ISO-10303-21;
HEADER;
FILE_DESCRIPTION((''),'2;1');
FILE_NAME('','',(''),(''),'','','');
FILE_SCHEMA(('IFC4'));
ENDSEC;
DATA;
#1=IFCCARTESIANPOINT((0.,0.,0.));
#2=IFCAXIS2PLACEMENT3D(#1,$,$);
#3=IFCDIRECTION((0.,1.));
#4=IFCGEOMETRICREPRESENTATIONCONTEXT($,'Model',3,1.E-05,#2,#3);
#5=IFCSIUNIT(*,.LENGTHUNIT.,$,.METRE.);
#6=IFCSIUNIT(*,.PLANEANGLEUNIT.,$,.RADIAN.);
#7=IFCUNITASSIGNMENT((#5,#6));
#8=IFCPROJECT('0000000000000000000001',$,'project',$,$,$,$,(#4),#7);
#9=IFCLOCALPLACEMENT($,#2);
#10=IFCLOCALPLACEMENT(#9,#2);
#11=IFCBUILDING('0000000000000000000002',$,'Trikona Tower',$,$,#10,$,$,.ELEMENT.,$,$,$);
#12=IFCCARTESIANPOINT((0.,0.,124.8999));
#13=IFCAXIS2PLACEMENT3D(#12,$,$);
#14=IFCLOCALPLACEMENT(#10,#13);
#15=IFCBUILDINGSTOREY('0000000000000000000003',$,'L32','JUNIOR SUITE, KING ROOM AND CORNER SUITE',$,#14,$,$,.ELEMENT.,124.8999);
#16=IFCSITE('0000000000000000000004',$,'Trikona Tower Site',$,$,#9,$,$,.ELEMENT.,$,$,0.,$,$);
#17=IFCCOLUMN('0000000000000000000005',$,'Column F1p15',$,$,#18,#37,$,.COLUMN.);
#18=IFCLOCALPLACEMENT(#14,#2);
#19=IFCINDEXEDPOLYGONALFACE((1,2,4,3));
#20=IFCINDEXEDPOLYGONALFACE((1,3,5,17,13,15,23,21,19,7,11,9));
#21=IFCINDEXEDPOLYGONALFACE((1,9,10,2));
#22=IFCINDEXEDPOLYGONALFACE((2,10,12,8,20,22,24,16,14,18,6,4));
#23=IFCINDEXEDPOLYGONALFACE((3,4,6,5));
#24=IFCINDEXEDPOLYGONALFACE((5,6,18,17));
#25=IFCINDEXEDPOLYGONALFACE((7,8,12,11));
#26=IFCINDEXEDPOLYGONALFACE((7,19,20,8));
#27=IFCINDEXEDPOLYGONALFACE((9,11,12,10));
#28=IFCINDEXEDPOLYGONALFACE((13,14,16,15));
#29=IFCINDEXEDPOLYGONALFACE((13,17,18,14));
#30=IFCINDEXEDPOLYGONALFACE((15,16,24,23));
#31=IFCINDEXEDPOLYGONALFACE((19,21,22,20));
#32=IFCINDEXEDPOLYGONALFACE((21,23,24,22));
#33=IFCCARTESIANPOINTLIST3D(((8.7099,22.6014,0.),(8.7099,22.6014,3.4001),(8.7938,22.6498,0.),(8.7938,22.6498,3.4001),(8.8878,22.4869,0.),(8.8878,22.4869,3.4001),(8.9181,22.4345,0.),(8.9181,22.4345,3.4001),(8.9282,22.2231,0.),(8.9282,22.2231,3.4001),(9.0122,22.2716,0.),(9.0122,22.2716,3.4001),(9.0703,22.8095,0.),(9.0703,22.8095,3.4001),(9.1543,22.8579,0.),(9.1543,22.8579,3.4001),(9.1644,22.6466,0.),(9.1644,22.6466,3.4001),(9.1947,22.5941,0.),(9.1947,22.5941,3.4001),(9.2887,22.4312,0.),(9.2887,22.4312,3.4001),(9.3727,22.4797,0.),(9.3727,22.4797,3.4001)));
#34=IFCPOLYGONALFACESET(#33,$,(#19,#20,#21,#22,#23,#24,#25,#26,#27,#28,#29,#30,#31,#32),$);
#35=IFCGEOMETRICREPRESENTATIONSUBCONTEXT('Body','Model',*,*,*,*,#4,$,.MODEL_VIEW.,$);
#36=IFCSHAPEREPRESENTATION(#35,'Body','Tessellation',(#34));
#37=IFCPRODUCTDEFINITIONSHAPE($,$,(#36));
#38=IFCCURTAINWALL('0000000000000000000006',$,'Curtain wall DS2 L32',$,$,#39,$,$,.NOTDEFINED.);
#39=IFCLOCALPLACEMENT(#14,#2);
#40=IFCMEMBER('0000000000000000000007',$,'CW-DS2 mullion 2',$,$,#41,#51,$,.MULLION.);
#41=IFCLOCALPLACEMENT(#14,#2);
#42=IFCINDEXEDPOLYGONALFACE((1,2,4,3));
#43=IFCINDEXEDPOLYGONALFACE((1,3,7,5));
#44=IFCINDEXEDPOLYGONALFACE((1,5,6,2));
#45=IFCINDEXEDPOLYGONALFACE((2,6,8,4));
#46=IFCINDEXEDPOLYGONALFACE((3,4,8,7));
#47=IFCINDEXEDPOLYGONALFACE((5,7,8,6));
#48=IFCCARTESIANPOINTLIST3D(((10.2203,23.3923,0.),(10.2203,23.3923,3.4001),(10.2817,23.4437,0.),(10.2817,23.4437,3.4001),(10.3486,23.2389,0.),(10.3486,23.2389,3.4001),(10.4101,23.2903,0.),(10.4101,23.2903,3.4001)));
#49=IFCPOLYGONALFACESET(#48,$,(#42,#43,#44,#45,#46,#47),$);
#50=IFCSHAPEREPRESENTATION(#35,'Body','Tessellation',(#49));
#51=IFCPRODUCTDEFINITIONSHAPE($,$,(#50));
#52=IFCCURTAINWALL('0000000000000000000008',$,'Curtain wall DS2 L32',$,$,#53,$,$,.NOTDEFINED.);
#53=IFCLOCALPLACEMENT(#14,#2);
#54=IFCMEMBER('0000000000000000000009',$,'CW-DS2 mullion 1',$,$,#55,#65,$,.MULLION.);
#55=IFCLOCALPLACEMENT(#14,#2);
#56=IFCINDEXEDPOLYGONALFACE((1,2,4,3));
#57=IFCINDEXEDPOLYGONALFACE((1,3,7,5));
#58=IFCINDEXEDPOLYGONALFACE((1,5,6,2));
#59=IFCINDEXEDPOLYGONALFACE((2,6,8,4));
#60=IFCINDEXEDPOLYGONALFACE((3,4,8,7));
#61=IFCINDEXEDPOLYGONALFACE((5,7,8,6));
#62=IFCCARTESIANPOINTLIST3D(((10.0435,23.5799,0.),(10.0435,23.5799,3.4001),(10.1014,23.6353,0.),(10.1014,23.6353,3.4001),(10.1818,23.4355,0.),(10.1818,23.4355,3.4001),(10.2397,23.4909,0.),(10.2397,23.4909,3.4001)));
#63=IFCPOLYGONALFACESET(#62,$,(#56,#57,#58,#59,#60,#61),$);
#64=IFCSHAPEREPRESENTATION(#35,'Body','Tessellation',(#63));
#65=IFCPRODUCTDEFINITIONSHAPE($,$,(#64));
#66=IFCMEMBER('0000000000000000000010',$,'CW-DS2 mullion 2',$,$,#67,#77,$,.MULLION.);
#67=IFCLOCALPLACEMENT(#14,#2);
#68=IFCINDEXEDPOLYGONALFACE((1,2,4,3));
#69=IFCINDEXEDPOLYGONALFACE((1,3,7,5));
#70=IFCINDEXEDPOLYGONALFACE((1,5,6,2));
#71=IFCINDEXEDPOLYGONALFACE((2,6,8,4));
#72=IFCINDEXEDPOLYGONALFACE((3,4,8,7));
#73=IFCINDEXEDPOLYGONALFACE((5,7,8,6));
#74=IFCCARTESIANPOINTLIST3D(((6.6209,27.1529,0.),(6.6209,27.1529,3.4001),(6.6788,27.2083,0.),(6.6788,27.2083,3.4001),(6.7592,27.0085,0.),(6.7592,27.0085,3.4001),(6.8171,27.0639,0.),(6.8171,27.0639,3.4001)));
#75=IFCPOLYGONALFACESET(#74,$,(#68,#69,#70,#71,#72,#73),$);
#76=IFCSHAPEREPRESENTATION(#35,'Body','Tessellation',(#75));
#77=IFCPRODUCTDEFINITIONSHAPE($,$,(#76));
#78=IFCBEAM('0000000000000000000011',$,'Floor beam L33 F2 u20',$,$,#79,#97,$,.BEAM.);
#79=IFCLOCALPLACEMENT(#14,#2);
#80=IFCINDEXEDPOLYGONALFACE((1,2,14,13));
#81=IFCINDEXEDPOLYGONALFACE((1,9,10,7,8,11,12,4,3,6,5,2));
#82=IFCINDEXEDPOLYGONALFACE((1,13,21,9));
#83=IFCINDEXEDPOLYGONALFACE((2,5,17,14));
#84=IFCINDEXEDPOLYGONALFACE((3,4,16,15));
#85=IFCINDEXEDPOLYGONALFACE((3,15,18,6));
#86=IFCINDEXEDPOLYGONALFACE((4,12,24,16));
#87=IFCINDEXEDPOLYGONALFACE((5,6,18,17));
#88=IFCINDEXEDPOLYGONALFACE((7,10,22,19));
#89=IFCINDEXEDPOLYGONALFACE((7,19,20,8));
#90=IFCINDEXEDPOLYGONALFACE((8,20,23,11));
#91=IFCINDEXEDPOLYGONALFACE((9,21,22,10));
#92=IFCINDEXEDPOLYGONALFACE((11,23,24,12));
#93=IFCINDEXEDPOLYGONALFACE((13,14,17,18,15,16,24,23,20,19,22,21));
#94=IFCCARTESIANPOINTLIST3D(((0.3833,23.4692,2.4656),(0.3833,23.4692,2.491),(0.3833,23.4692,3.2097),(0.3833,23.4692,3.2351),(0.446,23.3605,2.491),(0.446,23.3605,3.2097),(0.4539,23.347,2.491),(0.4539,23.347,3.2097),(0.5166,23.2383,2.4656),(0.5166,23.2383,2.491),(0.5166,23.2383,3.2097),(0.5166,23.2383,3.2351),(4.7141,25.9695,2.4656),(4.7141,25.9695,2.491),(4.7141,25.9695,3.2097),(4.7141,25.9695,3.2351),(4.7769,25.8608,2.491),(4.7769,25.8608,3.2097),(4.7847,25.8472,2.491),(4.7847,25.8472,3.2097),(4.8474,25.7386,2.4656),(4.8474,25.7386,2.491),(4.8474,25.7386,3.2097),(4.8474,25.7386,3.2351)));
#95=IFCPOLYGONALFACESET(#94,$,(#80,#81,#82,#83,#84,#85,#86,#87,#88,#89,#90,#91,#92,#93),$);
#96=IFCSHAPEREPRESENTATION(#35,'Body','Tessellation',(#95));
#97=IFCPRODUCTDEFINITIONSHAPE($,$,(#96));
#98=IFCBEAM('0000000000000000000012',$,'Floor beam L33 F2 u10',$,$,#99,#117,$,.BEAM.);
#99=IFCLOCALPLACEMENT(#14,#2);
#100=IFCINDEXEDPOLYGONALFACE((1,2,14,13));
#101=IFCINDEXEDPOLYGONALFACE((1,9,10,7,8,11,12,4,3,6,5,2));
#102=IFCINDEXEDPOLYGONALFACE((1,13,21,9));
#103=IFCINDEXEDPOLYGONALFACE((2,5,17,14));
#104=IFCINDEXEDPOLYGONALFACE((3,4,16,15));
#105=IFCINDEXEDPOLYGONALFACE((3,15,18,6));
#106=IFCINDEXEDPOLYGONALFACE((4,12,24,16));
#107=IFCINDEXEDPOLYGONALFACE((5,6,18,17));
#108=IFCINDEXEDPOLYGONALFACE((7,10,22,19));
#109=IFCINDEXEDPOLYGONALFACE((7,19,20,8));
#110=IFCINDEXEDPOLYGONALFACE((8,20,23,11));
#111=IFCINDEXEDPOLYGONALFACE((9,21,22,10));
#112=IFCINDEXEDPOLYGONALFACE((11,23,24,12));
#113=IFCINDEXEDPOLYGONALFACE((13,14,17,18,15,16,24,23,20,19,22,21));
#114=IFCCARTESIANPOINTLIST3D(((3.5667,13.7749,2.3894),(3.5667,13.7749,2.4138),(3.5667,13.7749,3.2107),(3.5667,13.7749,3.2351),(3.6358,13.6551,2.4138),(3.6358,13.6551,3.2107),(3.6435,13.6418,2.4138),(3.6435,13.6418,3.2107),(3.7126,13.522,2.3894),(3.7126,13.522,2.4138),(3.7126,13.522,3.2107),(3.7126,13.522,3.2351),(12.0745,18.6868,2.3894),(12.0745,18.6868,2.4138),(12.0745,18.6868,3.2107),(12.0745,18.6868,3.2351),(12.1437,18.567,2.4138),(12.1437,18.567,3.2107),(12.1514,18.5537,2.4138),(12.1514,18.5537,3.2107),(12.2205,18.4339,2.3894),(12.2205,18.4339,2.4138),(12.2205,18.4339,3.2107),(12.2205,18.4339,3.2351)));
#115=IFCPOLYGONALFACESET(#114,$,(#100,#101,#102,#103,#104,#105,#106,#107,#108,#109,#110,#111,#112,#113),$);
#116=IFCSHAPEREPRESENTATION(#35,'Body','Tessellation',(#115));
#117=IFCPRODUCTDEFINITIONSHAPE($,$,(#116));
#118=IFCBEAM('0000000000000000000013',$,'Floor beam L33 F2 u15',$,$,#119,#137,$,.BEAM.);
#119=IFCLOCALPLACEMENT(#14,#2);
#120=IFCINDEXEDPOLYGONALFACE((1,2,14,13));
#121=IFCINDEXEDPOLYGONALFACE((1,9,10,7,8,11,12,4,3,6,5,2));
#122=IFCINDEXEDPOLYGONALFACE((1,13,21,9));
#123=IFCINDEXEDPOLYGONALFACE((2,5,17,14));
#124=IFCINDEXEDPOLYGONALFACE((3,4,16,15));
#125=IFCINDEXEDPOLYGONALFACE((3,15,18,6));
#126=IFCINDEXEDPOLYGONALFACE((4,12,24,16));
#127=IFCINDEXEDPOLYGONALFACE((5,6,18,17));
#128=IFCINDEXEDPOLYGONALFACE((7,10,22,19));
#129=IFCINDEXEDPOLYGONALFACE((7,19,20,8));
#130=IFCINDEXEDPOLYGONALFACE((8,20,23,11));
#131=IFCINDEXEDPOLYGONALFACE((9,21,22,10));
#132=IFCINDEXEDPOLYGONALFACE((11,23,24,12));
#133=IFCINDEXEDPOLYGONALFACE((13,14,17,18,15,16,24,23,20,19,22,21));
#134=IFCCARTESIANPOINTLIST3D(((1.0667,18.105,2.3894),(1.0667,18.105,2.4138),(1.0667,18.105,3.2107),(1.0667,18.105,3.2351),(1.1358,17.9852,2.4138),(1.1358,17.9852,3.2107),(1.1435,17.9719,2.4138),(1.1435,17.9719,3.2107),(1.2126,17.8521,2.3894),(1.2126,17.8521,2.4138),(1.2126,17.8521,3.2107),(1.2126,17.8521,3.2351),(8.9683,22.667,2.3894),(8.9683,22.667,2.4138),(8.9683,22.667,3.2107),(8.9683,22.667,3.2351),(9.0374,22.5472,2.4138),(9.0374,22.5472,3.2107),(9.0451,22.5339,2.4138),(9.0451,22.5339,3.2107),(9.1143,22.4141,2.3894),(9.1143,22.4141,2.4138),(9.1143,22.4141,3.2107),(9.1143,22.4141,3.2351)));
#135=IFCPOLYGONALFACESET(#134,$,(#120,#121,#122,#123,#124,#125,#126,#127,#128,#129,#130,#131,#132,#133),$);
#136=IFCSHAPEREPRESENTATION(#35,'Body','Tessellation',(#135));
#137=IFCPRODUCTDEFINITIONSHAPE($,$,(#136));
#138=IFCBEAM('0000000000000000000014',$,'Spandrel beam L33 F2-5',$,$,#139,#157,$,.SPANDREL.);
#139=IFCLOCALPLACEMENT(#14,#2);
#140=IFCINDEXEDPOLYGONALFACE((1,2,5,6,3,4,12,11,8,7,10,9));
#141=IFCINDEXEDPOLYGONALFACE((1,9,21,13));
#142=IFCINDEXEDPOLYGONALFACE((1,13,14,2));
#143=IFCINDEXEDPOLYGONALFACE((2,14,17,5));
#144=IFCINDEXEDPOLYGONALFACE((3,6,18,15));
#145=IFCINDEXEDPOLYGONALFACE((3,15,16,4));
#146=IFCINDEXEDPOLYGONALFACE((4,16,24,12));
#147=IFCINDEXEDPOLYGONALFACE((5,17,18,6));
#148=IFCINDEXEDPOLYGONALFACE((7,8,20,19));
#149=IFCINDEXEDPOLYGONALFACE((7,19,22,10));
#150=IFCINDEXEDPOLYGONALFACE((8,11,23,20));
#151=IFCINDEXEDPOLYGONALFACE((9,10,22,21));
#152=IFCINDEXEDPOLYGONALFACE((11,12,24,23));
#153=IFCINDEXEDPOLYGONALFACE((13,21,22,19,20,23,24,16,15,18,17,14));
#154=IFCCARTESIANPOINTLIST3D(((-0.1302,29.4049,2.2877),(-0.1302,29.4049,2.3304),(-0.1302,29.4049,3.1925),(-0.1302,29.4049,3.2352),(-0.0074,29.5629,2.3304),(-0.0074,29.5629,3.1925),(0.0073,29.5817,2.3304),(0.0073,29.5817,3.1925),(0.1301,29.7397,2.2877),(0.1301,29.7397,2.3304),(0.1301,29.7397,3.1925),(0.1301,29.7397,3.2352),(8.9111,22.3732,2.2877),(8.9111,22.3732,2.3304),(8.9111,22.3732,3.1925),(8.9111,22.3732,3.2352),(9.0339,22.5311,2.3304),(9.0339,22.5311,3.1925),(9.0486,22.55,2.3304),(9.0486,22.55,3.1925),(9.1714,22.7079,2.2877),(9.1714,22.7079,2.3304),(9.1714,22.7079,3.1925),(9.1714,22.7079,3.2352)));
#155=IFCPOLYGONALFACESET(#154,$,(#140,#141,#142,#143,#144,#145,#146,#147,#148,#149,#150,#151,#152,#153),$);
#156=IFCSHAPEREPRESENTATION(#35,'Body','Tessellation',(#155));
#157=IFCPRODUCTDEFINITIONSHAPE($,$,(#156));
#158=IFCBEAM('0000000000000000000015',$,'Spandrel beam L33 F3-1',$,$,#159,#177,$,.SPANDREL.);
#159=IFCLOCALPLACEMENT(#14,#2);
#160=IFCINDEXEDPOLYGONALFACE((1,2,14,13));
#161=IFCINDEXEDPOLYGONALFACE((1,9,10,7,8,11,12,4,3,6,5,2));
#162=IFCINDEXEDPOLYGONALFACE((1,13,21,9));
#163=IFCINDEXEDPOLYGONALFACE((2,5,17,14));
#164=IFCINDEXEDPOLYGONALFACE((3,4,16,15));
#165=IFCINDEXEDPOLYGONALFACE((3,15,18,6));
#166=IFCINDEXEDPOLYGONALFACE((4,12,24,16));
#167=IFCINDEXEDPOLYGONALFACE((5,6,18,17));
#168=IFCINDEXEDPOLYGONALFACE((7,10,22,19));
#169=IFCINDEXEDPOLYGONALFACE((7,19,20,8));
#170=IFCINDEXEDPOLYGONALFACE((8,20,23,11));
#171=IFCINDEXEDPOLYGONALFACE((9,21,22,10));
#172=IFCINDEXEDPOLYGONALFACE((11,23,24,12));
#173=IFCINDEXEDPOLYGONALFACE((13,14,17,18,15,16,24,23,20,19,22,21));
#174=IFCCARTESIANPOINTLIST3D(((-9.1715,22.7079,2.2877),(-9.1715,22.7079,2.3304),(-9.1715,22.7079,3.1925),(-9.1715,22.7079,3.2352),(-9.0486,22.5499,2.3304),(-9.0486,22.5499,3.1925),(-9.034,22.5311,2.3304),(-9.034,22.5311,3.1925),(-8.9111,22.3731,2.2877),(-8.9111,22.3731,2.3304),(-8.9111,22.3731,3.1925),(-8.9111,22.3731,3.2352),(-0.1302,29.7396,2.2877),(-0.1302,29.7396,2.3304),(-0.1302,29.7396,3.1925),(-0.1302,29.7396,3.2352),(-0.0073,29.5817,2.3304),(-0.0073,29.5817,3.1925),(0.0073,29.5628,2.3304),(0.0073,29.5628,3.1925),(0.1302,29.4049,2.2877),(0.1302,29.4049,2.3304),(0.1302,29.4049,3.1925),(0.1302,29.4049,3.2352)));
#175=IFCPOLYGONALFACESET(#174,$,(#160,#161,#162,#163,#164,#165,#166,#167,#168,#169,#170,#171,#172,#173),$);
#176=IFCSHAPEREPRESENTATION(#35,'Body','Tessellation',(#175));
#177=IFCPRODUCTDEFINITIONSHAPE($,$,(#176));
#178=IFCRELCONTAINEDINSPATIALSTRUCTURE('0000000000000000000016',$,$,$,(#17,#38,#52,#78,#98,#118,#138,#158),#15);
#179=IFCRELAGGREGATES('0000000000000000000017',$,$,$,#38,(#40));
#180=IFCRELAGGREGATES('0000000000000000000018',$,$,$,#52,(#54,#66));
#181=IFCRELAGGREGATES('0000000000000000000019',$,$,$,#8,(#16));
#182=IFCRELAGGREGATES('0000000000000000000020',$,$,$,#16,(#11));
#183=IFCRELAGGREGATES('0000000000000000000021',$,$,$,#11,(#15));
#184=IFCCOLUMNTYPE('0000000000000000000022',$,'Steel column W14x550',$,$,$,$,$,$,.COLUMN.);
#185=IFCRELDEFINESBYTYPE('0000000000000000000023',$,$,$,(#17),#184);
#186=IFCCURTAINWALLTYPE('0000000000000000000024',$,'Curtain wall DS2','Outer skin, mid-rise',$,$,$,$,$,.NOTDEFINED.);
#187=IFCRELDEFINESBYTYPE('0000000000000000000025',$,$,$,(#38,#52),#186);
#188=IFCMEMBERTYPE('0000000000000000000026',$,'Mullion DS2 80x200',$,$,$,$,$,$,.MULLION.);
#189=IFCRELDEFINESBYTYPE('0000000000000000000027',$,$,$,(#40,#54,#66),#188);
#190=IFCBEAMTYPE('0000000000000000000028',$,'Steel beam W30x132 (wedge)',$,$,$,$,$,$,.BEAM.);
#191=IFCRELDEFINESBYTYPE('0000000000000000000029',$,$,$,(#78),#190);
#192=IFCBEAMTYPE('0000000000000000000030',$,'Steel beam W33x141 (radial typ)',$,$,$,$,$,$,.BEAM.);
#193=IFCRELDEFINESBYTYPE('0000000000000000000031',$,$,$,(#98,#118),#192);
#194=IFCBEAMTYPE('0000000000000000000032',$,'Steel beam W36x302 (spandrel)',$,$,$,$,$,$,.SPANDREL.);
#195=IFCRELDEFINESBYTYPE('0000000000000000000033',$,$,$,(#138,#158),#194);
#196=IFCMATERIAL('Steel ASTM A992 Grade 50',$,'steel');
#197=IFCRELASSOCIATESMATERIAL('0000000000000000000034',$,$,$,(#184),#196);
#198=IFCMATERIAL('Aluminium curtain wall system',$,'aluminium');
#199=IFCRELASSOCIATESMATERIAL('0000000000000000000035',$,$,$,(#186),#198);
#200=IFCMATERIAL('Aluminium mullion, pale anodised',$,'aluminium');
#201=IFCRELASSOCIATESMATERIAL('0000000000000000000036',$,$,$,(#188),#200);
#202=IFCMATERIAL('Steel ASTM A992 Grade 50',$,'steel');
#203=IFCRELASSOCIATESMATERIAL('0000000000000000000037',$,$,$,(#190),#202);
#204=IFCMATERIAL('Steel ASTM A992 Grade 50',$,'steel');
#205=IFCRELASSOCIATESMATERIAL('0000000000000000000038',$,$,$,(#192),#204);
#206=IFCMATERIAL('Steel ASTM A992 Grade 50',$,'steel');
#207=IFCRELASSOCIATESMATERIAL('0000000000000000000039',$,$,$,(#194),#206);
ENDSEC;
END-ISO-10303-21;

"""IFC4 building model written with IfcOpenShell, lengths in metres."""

from ifc_helpers import new_model, si_unit, direction, frame, origin, origin_2d, place, context, subcontext, project, spatial, rectangle, i_section, extrude, material, material_profile, profile_set, type_object, element, aggregate, save


model = new_model("IFC4")

# Units and contexts
model_context = context("Model", 3, precision=1e-05, world=origin(), true_north=direction((0.0, 1.0)))
body_context = subcontext(model_context, "Body", "Model", "MODEL_VIEW")
ifc_project = project(units=[si_unit("LENGTHUNIT", "METRE"), si_unit("PLANEANGLEUNIT", "RADIAN")], contexts=[model_context])

# Site, building, storey
site_placement = place(None, origin())
site = spatial("IfcSite", under=ifc_project, at=site_placement, Name="Trikona Tower Site", CompositionType="ELEMENT", RefElevation=0.0)
building_placement = place(site_placement, origin())
building = spatial("IfcBuilding", under=site, at=building_placement, Name="Trikona Tower", CompositionType="ELEMENT")
storey_placement = place(building_placement, frame((0.0, 0.0, 124.8999)))
storey = spatial("IfcBuildingStorey", under=building, at=storey_placement, Name="L32", Description="JUNIOR SUITE, KING ROOM AND CORNER SUITE", CompositionType="ELEMENT", Elevation=124.8999)

# Column
ifc_material_1 = material(Name="Steel ASTM A992 Grade 50", Category="steel")
ifc_material_profile_1 = material_profile(ifc_material_1, i_section(OverallWidth=0.4368, OverallDepth=0.5132, WebThickness=0.0605, FlangeThickness=0.0969, at=origin_2d()), Name="W14X550")
ifc_profile_set_1 = profile_set([ifc_material_profile_1], Name="Steel ASTM A992 Grade 50")
column_type = type_object("IfcColumnType", Name="Steel column W14x550", PredefinedType="COLUMN", material=ifc_profile_set_1)
column_placement = place(storey_placement, frame((9.0413, 22.5405, 0.0), z_axis=(0.0, 0.0, 1.0), x_axis=(-0.5, 0.866025, 0.0)))
element("IfcColumn", 1, at=column_placement, inside=storey, type_object=column_type, Name="Column F1p15", PredefinedType="COLUMN", context=body_context, shape_type="SweptSolid", body=[
    extrude(i_section(OverallWidth=0.4368, OverallDepth=0.5132, WebThickness=0.0605, FlangeThickness=0.0969, at=origin_2d()), origin(), (0.0, 0.0, 1.0), 3.4001),
])

# Curtain wall, member
ifc_material_2 = material(Name="Aluminium curtain wall system", Category="aluminium")
curtain_wall_type = type_object("IfcCurtainWallType", Name="Curtain wall DS2", Description="Outer skin, mid-rise", PredefinedType="NOTDEFINED", material=ifc_material_2)
curtain_wall_1_placement = place(storey_placement, origin())
curtain_wall_1 = element("IfcCurtainWall", 2, at=curtain_wall_1_placement, inside=storey, type_object=curtain_wall_type, Name="Curtain wall DS2 L32", PredefinedType="NOTDEFINED")
ifc_material_3 = material(Name="Aluminium mullion, pale anodised", Category="aluminium")
ifc_material_profile_2 = material_profile(ifc_material_3, rectangle(XDim=0.0801, YDim=0.2, at=origin_2d()), Name="MUL-DS2")
ifc_profile_set_2 = profile_set([ifc_material_profile_2], Name="Aluminium mullion, pale anodised")
member_type_1 = type_object("IfcMemberType", Name="Mullion DS2 80x200", PredefinedType="MULLION", material=ifc_profile_set_2)
member_1_placement = place(storey_placement, frame((10.3152, 23.3413, 0.0), z_axis=(0.0, 0.0, 1.0), x_axis=(-0.766867, -0.641806, 0.0)))
member_1 = element("IfcMember", 3, at=member_1_placement, type_object=member_type_1, Name="CW-DS2 mullion 2", PredefinedType="MULLION", context=body_context, shape_type="SweptSolid", body=[
    extrude(rectangle(XDim=0.0801, YDim=0.2, at=origin_2d()), origin(), (0.0, 0.0, 1.0), 3.4001),
])
aggregate(curtain_wall_1, [member_1])

# Curtain wall, members
curtain_wall_2_placement = place(storey_placement, origin())
curtain_wall_2 = element("IfcCurtainWall", 4, at=curtain_wall_2_placement, inside=storey, type_object=curtain_wall_type, Name="Curtain wall DS2 L32", PredefinedType="NOTDEFINED")
member_2_placement = place(storey_placement, frame((10.1416, 23.5354, 0.0), z_axis=(0.0, 0.0, 1.0), x_axis=(-0.722158, -0.691728, 0.0)))
member_2 = element("IfcMember", 5, at=member_2_placement, type_object=member_type_1, Name="CW-DS2 mullion 1", PredefinedType="MULLION", context=body_context, shape_type="SweptSolid", body=[
    extrude(rectangle(XDim=0.0801, YDim=0.2, at=origin_2d()), origin(), (0.0, 0.0, 1.0), 3.4001),
])
member_3_placement = place(storey_placement, frame((6.719, 27.1084, 0.0), z_axis=(0.0, 0.0, 1.0), x_axis=(-0.722158, -0.691728, 0.0)))
member_3 = element("IfcMember", 6, at=member_3_placement, type_object=member_type_1, Name="CW-DS2 mullion 2", PredefinedType="MULLION", context=body_context, shape_type="SweptSolid", body=[
    extrude(rectangle(XDim=0.0801, YDim=0.2, at=origin_2d()), origin(), (0.0, 0.0, 1.0), 3.4001),
])

# Beams
ifc_material_4 = material(Name="Steel ASTM A992 Grade 50", Category="steel")
ifc_material_profile_3 = material_profile(ifc_material_4, i_section(OverallWidth=0.2666, OverallDepth=0.7695, WebThickness=0.0156, FlangeThickness=0.0254, at=origin_2d()), Name="W30X132")
ifc_profile_set_3 = profile_set([ifc_material_profile_3], Name="Steel ASTM A992 Grade 50")
beam_type_1 = type_object("IfcBeamType", Name="Steel beam W30x132 (wedge)", PredefinedType="BEAM", material=ifc_profile_set_3)
beam_1_placement = place(storey_placement, frame((0.45, 23.3538, 2.8503), z_axis=(0.866038, 0.499977, 0.0), x_axis=(-0.499977, 0.866038, 0.0)))
element("IfcBeam", 7, at=beam_1_placement, inside=storey, type_object=beam_type_1, Name="Floor beam L33 F2 u20", PredefinedType="BEAM", context=body_context, shape_type="SweptSolid", body=[
    extrude(i_section(OverallWidth=0.2666, OverallDepth=0.7695, WebThickness=0.0156, FlangeThickness=0.0254, at=origin_2d()), origin(), (0.0, 0.0, 1.0), 5.0007),
])
ifc_material_5 = material(Name="Steel ASTM A992 Grade 50", Category="steel")
ifc_material_profile_4 = material_profile(ifc_material_5, i_section(OverallWidth=0.292, OverallDepth=0.8457, WebThickness=0.0154, FlangeThickness=0.0244, at=origin_2d()), Name="W33X141")
ifc_profile_set_4 = profile_set([ifc_material_profile_4], Name="Steel ASTM A992 Grade 50")
beam_type_2 = type_object("IfcBeamType", Name="Steel beam W33x141 (radial typ)", PredefinedType="BEAM", material=ifc_profile_set_4)
beam_2_placement = place(storey_placement, frame((3.6396, 13.6484, 2.8123), z_axis=(0.866031, 0.499991, 0.0), x_axis=(-0.499991, 0.866031, 0.0)))
element("IfcBeam", 8, at=beam_2_placement, inside=storey, type_object=beam_type_2, Name="Floor beam L33 F2 u10", PredefinedType="BEAM", context=body_context, shape_type="SweptSolid", body=[
    extrude(i_section(OverallWidth=0.292, OverallDepth=0.8457, WebThickness=0.0154, FlangeThickness=0.0244, at=origin_2d()), origin(), (0.0, 0.0, 1.0), 9.824),
])
beam_3_placement = place(storey_placement, frame((1.1396, 17.9785, 2.8123), z_axis=(0.866025, 0.500001, 0.0), x_axis=(-0.500001, 0.866025, 0.0)))
element("IfcBeam", 9, at=beam_3_placement, inside=storey, type_object=beam_type_2, Name="Floor beam L33 F2 u15", PredefinedType="BEAM", context=body_context, shape_type="SweptSolid", body=[
    extrude(i_section(OverallWidth=0.292, OverallDepth=0.8457, WebThickness=0.0154, FlangeThickness=0.0244, at=origin_2d()), origin(), (0.0, 0.0, 1.0), 9.124),
])
ifc_material_6 = material(Name="Steel ASTM A992 Grade 50", Category="steel")
ifc_material_profile_5 = material_profile(ifc_material_6, i_section(OverallWidth=0.4241, OverallDepth=0.9475, WebThickness=0.0239, FlangeThickness=0.0427, at=origin_2d()), Name="W36X302")
ifc_profile_set_5 = profile_set([ifc_material_profile_5], Name="Steel ASTM A992 Grade 50")
beam_type_3 = type_object("IfcBeamType", Name="Steel beam W36x302 (spandrel)", PredefinedType="SPANDREL", material=ifc_profile_set_5)
for number, where, z_axis, x_axis, name in (
    (10, (9.0413, 22.5405, 2.7615), (-0.789367, 0.613921, 0.0), (-0.613921, -0.789367, 0.0), "Spandrel beam L33 F2-5"),
    (11, (0.0, 29.5723, 2.7615), (-0.789367, -0.613921, 0.0), (0.613921, -0.789367, 0.0), "Spandrel beam L33 F3-1"),
):
    element("IfcBeam", number, at=place(storey_placement, frame(where, z_axis=z_axis, x_axis=x_axis)), inside=storey, type_object=beam_type_3, Name=name, PredefinedType="SPANDREL", context=body_context, shape_type="SweptSolid", body=[
        extrude(i_section(OverallWidth=0.4241, OverallDepth=0.9475, WebThickness=0.0239, FlangeThickness=0.0427, at=origin_2d()), origin(), (0.0, 0.0, 1.0), 11.4539),
    ])

aggregate(curtain_wall_2, [member_2, member_3])

save(model, "model.ifc")
